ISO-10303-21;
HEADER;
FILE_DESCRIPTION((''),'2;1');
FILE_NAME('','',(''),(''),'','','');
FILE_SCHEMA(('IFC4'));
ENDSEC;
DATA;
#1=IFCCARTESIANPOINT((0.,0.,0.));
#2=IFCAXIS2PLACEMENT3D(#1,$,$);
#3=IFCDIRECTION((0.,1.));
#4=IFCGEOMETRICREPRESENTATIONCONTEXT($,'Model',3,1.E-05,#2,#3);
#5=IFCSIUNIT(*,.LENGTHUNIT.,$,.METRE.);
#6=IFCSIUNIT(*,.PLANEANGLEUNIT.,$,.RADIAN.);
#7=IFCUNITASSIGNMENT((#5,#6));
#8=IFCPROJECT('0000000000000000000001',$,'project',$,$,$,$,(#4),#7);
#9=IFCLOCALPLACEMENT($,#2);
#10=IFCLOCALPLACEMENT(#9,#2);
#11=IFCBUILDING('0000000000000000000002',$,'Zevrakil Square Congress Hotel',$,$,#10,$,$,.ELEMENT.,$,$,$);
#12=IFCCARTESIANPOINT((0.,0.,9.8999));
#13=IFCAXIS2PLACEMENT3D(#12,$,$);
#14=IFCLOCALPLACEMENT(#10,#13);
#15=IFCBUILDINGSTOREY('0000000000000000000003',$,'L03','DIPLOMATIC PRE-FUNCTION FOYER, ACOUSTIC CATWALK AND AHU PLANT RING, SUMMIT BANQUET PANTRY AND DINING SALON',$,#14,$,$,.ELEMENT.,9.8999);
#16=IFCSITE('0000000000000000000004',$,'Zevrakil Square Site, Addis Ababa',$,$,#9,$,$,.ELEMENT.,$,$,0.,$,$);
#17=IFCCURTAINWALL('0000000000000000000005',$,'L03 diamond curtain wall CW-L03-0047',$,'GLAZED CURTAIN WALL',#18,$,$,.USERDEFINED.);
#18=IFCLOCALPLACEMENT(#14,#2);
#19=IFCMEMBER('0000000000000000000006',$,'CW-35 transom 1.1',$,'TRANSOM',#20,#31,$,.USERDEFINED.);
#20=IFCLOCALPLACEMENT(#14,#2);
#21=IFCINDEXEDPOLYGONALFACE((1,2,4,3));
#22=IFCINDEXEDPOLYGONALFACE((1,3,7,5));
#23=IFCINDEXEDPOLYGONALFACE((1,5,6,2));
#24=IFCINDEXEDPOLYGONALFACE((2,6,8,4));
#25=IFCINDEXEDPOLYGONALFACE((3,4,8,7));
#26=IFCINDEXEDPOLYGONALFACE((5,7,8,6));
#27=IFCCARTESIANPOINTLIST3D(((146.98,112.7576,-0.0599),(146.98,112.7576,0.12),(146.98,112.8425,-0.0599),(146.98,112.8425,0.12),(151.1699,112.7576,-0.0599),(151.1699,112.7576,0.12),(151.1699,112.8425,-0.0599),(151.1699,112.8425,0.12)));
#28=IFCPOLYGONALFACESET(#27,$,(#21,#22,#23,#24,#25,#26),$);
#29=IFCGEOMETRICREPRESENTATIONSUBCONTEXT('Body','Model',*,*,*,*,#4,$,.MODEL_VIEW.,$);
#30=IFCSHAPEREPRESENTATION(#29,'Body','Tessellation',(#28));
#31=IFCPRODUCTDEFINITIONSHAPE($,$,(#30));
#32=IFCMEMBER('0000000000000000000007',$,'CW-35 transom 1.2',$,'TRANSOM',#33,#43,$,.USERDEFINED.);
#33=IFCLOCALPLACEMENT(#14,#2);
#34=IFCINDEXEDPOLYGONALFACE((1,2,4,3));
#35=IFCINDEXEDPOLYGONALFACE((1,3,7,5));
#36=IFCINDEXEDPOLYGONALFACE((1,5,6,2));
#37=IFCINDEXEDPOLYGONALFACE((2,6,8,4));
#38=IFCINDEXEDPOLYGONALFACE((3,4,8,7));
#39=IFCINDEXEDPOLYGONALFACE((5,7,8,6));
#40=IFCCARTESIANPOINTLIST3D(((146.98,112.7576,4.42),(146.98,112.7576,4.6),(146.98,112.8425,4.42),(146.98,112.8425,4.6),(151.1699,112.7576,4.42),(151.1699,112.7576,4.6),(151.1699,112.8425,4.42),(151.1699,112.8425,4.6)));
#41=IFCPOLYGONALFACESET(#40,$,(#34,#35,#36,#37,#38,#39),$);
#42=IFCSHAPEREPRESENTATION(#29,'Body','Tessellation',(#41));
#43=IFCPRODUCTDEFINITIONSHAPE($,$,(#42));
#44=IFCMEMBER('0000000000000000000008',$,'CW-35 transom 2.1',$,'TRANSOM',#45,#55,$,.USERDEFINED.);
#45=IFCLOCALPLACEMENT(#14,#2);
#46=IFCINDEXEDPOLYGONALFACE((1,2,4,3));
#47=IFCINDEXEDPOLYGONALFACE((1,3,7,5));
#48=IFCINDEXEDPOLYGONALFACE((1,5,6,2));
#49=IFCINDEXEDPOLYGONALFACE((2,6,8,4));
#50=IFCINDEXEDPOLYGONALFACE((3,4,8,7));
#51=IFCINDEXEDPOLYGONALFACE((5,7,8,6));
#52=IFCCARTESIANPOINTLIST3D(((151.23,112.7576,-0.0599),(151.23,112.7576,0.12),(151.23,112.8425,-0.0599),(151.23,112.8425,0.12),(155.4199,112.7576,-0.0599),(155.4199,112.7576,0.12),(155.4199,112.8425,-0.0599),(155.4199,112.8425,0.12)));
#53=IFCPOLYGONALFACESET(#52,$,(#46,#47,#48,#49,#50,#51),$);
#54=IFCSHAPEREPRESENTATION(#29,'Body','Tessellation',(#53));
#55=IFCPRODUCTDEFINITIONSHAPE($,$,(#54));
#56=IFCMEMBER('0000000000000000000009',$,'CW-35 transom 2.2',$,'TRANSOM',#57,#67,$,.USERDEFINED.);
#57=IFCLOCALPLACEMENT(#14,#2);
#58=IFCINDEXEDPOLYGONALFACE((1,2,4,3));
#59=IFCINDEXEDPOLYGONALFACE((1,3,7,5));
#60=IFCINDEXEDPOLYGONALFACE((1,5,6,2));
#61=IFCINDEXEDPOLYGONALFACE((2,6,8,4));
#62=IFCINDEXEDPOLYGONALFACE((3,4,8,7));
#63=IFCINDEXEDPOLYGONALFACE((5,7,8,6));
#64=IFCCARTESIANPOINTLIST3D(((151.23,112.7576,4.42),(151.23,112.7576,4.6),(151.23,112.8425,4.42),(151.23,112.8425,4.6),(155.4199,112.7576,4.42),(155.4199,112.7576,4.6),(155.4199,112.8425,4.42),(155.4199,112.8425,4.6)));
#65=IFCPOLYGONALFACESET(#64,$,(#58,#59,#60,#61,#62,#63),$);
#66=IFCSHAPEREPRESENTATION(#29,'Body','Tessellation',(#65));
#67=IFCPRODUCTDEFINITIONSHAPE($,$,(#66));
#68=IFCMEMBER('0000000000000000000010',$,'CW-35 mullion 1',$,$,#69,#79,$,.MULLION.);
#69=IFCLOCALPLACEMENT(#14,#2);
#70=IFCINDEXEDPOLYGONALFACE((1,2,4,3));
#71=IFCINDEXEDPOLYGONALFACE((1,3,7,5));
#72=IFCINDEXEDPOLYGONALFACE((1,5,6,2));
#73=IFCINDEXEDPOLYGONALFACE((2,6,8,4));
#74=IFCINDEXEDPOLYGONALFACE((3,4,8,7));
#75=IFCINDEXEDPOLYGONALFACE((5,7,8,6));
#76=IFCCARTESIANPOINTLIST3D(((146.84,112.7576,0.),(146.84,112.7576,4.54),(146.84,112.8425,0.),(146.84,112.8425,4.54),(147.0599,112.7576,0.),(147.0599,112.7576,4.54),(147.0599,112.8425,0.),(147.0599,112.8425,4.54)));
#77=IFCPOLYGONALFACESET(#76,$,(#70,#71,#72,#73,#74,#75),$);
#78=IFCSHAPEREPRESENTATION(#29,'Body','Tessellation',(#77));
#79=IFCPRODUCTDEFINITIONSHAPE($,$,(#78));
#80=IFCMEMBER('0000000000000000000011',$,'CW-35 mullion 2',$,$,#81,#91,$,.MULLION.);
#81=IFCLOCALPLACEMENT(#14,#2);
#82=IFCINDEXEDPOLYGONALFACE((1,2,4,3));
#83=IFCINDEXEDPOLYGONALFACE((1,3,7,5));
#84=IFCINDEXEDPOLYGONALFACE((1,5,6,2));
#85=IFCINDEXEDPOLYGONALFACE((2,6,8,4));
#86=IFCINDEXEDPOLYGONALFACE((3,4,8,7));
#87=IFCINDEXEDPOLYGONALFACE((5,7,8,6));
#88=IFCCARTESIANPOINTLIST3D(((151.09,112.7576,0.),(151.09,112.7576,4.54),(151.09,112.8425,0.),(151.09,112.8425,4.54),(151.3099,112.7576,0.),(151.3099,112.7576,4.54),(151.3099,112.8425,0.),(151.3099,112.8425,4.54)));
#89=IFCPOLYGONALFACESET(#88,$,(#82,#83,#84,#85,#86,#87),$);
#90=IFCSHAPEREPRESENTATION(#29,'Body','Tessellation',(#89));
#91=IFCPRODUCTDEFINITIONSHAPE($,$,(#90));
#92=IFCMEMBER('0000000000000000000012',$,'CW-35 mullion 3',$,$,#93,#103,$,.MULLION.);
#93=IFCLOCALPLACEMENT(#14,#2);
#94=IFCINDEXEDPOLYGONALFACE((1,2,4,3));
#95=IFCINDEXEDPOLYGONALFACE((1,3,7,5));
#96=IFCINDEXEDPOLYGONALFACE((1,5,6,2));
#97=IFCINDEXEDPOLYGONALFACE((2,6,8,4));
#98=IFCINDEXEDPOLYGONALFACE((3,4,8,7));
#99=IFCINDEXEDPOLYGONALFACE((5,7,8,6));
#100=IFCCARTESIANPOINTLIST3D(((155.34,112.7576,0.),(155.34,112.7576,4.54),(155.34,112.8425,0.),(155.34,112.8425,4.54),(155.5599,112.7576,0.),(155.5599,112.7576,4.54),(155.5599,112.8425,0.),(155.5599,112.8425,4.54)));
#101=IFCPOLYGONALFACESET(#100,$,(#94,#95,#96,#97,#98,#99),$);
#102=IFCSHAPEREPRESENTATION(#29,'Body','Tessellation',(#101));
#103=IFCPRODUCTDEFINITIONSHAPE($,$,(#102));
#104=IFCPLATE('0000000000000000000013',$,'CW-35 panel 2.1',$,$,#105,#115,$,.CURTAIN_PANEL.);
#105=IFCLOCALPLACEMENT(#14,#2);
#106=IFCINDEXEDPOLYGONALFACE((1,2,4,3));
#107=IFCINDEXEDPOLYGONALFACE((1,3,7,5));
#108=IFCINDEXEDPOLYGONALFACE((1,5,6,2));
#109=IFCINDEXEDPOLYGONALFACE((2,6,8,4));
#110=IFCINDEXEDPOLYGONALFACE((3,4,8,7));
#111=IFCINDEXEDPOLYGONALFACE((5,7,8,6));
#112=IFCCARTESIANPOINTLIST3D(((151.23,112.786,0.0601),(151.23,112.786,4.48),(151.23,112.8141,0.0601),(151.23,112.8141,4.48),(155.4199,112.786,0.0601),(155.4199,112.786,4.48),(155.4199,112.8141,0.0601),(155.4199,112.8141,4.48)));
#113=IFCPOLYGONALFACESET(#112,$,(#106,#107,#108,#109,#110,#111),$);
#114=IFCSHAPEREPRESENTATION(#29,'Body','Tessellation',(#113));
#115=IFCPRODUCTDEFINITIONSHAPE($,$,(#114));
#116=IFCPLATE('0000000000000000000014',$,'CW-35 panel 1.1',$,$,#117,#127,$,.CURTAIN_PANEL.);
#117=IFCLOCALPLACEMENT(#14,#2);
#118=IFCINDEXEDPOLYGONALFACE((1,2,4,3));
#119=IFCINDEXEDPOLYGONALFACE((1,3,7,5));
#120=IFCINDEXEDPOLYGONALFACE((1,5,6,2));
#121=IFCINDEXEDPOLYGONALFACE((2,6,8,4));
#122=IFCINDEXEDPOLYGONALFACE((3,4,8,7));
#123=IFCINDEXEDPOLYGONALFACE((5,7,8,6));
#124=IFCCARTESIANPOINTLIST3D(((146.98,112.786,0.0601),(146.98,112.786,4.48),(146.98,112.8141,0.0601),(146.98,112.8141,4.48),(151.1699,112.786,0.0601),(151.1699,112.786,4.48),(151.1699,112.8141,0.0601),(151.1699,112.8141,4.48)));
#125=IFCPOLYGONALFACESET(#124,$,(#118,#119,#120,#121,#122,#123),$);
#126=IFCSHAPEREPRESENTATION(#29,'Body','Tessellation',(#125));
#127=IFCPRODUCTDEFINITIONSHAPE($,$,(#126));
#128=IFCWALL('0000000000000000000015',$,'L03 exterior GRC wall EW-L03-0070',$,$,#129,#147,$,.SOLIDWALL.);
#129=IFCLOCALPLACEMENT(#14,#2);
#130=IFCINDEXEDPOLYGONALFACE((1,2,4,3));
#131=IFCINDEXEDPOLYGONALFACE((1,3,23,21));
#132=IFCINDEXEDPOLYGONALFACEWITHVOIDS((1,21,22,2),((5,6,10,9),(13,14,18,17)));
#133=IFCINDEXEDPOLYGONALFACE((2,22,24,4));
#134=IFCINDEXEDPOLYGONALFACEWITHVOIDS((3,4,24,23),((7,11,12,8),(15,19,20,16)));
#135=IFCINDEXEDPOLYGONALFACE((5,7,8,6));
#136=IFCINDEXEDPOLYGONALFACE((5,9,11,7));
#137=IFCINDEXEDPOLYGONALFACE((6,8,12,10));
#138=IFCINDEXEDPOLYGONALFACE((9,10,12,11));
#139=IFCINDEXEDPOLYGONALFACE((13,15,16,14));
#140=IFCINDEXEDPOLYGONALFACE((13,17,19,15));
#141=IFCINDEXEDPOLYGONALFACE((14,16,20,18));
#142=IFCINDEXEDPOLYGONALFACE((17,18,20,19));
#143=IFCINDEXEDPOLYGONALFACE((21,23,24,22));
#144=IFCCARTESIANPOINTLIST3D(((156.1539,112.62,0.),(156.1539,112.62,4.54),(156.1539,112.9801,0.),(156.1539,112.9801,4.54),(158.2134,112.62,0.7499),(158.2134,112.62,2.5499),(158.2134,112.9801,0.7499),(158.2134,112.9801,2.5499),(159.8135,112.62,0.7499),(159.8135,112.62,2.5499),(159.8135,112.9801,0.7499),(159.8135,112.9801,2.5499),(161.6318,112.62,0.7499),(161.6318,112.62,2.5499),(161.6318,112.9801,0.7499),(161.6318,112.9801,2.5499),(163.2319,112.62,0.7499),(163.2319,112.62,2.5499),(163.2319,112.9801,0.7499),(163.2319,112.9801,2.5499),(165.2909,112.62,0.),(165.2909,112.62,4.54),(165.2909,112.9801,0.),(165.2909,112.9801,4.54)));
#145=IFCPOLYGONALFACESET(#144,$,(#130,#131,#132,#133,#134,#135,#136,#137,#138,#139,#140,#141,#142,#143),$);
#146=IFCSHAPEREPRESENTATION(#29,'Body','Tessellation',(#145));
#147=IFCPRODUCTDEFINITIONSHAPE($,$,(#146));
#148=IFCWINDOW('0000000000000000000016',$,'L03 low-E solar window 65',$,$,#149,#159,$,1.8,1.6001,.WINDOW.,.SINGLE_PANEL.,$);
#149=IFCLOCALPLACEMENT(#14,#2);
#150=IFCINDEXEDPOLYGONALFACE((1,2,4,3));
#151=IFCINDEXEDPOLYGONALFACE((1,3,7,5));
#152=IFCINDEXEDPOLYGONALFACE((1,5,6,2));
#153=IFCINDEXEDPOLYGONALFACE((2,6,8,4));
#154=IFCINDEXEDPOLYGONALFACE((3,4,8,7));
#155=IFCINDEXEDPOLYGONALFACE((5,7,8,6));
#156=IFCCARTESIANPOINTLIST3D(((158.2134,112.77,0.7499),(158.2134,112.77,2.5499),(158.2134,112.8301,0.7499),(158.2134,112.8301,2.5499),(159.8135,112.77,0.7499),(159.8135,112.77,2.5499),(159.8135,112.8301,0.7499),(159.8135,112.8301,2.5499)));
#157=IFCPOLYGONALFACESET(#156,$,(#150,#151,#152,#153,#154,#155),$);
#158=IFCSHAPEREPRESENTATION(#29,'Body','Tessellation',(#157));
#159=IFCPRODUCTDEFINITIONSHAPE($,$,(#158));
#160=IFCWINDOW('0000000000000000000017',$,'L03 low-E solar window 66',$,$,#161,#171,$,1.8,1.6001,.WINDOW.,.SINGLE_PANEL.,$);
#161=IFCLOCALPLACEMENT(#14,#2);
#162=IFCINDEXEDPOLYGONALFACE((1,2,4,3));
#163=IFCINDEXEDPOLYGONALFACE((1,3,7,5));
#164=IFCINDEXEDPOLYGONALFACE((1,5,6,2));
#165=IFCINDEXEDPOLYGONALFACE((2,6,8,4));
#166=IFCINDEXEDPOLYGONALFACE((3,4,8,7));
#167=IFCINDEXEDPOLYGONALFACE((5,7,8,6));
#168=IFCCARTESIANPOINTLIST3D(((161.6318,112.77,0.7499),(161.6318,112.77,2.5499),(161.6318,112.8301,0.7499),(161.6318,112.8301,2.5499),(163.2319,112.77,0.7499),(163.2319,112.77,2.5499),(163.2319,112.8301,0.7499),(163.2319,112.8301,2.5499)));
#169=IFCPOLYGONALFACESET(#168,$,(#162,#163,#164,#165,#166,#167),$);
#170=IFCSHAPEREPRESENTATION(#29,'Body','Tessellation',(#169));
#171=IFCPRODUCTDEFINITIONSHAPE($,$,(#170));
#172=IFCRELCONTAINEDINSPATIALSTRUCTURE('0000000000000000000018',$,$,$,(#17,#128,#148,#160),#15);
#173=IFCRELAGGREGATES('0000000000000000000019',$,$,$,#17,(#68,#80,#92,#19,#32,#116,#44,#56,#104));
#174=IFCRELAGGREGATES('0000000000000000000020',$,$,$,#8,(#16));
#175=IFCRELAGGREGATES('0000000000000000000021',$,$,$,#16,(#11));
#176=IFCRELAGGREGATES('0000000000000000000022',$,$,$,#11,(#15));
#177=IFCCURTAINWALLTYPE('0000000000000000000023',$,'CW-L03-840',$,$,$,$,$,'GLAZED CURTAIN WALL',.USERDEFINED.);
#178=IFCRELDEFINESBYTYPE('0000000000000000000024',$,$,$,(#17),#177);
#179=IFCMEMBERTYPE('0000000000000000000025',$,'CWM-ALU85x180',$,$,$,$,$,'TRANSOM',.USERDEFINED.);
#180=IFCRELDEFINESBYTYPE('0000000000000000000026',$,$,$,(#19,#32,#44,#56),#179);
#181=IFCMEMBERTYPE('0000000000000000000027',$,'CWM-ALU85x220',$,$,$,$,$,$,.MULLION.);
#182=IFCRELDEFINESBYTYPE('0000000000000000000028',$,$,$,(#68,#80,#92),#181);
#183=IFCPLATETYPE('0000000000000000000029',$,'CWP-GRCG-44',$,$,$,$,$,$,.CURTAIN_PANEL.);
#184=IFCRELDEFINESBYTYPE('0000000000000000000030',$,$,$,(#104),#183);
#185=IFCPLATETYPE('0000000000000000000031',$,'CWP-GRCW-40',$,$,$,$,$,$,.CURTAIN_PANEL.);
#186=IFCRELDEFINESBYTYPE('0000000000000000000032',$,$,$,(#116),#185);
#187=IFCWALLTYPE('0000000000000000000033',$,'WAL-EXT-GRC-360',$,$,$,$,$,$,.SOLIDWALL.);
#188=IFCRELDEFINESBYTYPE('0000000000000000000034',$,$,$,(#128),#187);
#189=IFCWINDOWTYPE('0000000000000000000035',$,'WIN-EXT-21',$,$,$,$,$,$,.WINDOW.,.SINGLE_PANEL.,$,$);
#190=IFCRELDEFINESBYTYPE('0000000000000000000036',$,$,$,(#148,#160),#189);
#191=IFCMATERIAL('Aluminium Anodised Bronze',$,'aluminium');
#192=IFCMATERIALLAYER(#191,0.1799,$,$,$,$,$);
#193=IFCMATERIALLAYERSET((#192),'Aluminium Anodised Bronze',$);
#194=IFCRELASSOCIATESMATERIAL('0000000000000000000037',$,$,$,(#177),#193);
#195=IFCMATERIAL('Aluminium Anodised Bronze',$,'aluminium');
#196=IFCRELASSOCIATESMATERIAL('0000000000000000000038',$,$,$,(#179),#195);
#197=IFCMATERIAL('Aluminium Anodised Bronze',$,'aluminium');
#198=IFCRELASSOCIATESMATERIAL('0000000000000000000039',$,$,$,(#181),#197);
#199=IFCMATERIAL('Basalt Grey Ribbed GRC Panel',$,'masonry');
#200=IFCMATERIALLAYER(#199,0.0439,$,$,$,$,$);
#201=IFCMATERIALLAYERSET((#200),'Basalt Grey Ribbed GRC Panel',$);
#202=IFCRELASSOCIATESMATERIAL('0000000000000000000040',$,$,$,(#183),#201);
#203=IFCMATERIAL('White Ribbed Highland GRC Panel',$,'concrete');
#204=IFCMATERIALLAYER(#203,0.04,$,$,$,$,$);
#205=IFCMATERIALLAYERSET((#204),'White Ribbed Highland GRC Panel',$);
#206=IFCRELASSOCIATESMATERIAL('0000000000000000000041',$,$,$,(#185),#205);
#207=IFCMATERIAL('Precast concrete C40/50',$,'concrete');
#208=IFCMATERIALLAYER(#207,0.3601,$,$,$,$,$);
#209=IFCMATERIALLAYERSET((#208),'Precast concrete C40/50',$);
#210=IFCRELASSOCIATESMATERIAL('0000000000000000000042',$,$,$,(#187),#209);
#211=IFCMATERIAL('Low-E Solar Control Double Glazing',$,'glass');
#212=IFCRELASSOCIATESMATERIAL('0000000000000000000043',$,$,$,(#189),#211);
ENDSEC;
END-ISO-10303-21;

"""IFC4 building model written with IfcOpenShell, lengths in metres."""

from ifc_helpers import new_model, si_unit, direction, frame, frame_2d, origin, origin_2d, place, context, subcontext, project, spatial, rectangle, extrude, material, layer, layer_set, material_profile, profile_set, type_object, element, fill, aggregate, save


model = new_model("IFC4")

# Units and contexts
model_context = context("Model", 3, precision=1e-05, world=origin(), true_north=direction((0.0, 1.0)))
body_context = subcontext(model_context, "Body", "Model", "MODEL_VIEW")
ifc_project = project(units=[si_unit("LENGTHUNIT", "METRE"), si_unit("PLANEANGLEUNIT", "RADIAN")], contexts=[model_context])

# Site, building, storey
site_placement = place(None, origin())
site = spatial("IfcSite", under=ifc_project, at=site_placement, Name="Zevrakil Square Site, Addis Ababa", CompositionType="ELEMENT", RefElevation=0.0)
building_placement = place(site_placement, origin())
building = spatial("IfcBuilding", under=site, at=building_placement, Name="Zevrakil Square Congress Hotel", CompositionType="ELEMENT")
storey_placement = place(building_placement, frame((0.0, 0.0, 9.8999)))
storey = spatial("IfcBuildingStorey", under=building, at=storey_placement, Name="L03", Description="DIPLOMATIC PRE-FUNCTION FOYER, ACOUSTIC CATWALK AND AHU PLANT RING, SUMMIT BANQUET PANTRY AND DINING SALON", CompositionType="ELEMENT", Elevation=9.8999)

# Curtain wall, members, plates
ifc_material_1 = material(Name="Aluminium Anodised Bronze", Category="aluminium")
ifc_layer_1 = layer(ifc_material_1, 0.1799)
ifc_layer_set_1 = layer_set([ifc_layer_1], Name="Aluminium Anodised Bronze")
curtain_wall_type = type_object("IfcCurtainWallType", Name="CW-L03-840", ElementType="GLAZED CURTAIN WALL", PredefinedType="USERDEFINED", material=ifc_layer_set_1)
curtain_wall_placement = place(storey_placement, origin())
curtain_wall = element("IfcCurtainWall", 1, at=curtain_wall_placement, inside=storey, type_object=curtain_wall_type, Name="L03 diamond curtain wall CW-L03-0047", ObjectType="GLAZED CURTAIN WALL", PredefinedType="USERDEFINED")
ifc_material_2 = material(Name="Aluminium Anodised Bronze", Category="aluminium")
ifc_material_profile_1 = material_profile(ifc_material_2, rectangle(XDim=0.085, YDim=0.1799, at=origin_2d()), Name="ALU 85x180")
ifc_profile_set_1 = profile_set([ifc_material_profile_1], Name="Aluminium Anodised Bronze")
member_type_1 = type_object("IfcMemberType", Name="CWM-ALU85x180", ElementType="TRANSOM", PredefinedType="USERDEFINED", material=ifc_profile_set_1)
member_1_placement = place(storey_placement, frame((146.98, 112.8, 0.03), z_axis=(1.0, 0.0, 0.0), x_axis=(0.0, 1.0, 0.0)))
member_1 = element("IfcMember", 2, at=member_1_placement, type_object=member_type_1, Name="CW-35 transom 1.1", ObjectType="TRANSOM", PredefinedType="USERDEFINED", context=body_context, shape_type="SweptSolid", body=[
    extrude(rectangle(XDim=0.085, YDim=0.1799, at=origin_2d()), origin(), (0.0, 0.0, 1.0), 4.1899),
])
member_2_placement = place(storey_placement, frame((146.98, 112.8, 4.51), z_axis=(1.0, 0.0, 0.0), x_axis=(0.0, 1.0, 0.0)))
member_2 = element("IfcMember", 3, at=member_2_placement, type_object=member_type_1, Name="CW-35 transom 1.2", ObjectType="TRANSOM", PredefinedType="USERDEFINED", context=body_context, shape_type="SweptSolid", body=[
    extrude(rectangle(XDim=0.085, YDim=0.1799, at=origin_2d()), origin(), (0.0, 0.0, 1.0), 4.1899),
])
member_3_placement = place(storey_placement, frame((151.23, 112.8, 0.03), z_axis=(1.0, 0.0, 0.0), x_axis=(0.0, 1.0, 0.0)))
member_3 = element("IfcMember", 4, at=member_3_placement, type_object=member_type_1, Name="CW-35 transom 2.1", ObjectType="TRANSOM", PredefinedType="USERDEFINED", context=body_context, shape_type="SweptSolid", body=[
    extrude(rectangle(XDim=0.085, YDim=0.1799, at=origin_2d()), origin(), (0.0, 0.0, 1.0), 4.1899),
])
member_4_placement = place(storey_placement, frame((151.23, 112.8, 4.51), z_axis=(1.0, 0.0, 0.0), x_axis=(0.0, 1.0, 0.0)))
member_4 = element("IfcMember", 5, at=member_4_placement, type_object=member_type_1, Name="CW-35 transom 2.2", ObjectType="TRANSOM", PredefinedType="USERDEFINED", context=body_context, shape_type="SweptSolid", body=[
    extrude(rectangle(XDim=0.085, YDim=0.1799, at=origin_2d()), origin(), (0.0, 0.0, 1.0), 4.1899),
])
ifc_material_3 = material(Name="Aluminium Anodised Bronze", Category="aluminium")
ifc_material_profile_2 = material_profile(ifc_material_3, rectangle(XDim=0.085, YDim=0.22, at=origin_2d()), Name="ALU 85x220")
ifc_profile_set_2 = profile_set([ifc_material_profile_2], Name="Aluminium Anodised Bronze")
member_type_2 = type_object("IfcMemberType", Name="CWM-ALU85x220", PredefinedType="MULLION", material=ifc_profile_set_2)
member_5_placement = place(storey_placement, frame((146.95, 112.8, 0.0), z_axis=(0.0, 0.0, 1.0), x_axis=(0.0, 1.0, 0.0)))
member_5 = element("IfcMember", 6, at=member_5_placement, type_object=member_type_2, Name="CW-35 mullion 1", PredefinedType="MULLION", context=body_context, shape_type="SweptSolid", body=[
    extrude(rectangle(XDim=0.085, YDim=0.22, at=origin_2d()), origin(), (0.0, 0.0, 1.0), 4.54),
])
member_6_placement = place(storey_placement, frame((151.2, 112.8, 0.0), z_axis=(0.0, 0.0, 1.0), x_axis=(0.0, 1.0, 0.0)))
member_6 = element("IfcMember", 7, at=member_6_placement, type_object=member_type_2, Name="CW-35 mullion 2", PredefinedType="MULLION", context=body_context, shape_type="SweptSolid", body=[
    extrude(rectangle(XDim=0.085, YDim=0.22, at=origin_2d()), origin(), (0.0, 0.0, 1.0), 4.54),
])
member_7_placement = place(storey_placement, frame((155.45, 112.8, 0.0), z_axis=(0.0, 0.0, 1.0), x_axis=(0.0, 1.0, 0.0)))
member_7 = element("IfcMember", 8, at=member_7_placement, type_object=member_type_2, Name="CW-35 mullion 3", PredefinedType="MULLION", context=body_context, shape_type="SweptSolid", body=[
    extrude(rectangle(XDim=0.085, YDim=0.22, at=origin_2d()), origin(), (0.0, 0.0, 1.0), 4.54),
])
ifc_material_4 = material(Name="Basalt Grey Ribbed GRC Panel", Category="masonry")
ifc_layer_2 = layer(ifc_material_4, 0.0439)
ifc_layer_set_2 = layer_set([ifc_layer_2], Name="Basalt Grey Ribbed GRC Panel")
plate_type_1 = type_object("IfcPlateType", Name="CWP-GRCG-44", PredefinedType="CURTAIN_PANEL", material=ifc_layer_set_2)
plate_1_placement = place(storey_placement, frame((153.325, 112.8, 0.0601), z_axis=(0.0, 0.0, 1.0), x_axis=(1.0, 0.0, 0.0)))
plate_1 = element("IfcPlate", 9, at=plate_1_placement, type_object=plate_type_1, Name="CW-35 panel 2.1", PredefinedType="CURTAIN_PANEL", context=body_context, shape_type="SweptSolid", body=[
    extrude(rectangle(XDim=4.1899, YDim=0.0281, at=origin_2d()), origin(), (0.0, 0.0, 1.0), 4.4199),
])
ifc_material_5 = material(Name="White Ribbed Highland GRC Panel", Category="concrete")
ifc_layer_3 = layer(ifc_material_5, 0.04)
ifc_layer_set_3 = layer_set([ifc_layer_3], Name="White Ribbed Highland GRC Panel")
plate_type_2 = type_object("IfcPlateType", Name="CWP-GRCW-40", PredefinedType="CURTAIN_PANEL", material=ifc_layer_set_3)
plate_2_placement = place(storey_placement, frame((149.075, 112.8, 0.0601), z_axis=(0.0, 0.0, 1.0), x_axis=(1.0, 0.0, 0.0)))
plate_2 = element("IfcPlate", 10, at=plate_2_placement, type_object=plate_type_2, Name="CW-35 panel 1.1", PredefinedType="CURTAIN_PANEL", context=body_context, shape_type="SweptSolid", body=[
    extrude(rectangle(XDim=4.1899, YDim=0.0281, at=origin_2d()), origin(), (0.0, 0.0, 1.0), 4.4199),
])
aggregate(curtain_wall, [member_5, member_6, member_7, member_1, member_2, plate_2, member_3, member_4, plate_1])

# Wall, openings, windows
ifc_material_6 = material(Name="Precast concrete C40/50", Category="concrete")
ifc_layer_4 = layer(ifc_material_6, 0.3601)
ifc_layer_set_4 = layer_set([ifc_layer_4], Name="Precast concrete C40/50")
wall_type = type_object("IfcWallType", Name="WAL-EXT-GRC-360", PredefinedType="SOLIDWALL", material=ifc_layer_set_4)
wall_placement = place(storey_placement, frame((156.1541, 112.8, 0.0), z_axis=(0.0, 0.0, 1.0), x_axis=(1.0, 0.0, 0.0)))
wall = element("IfcWall", 11, at=wall_placement, inside=storey, type_object=wall_type, Name="L03 exterior GRC wall EW-L03-0070", PredefinedType="SOLIDWALL", context=body_context, shape_type="SweptSolid", body=[
    extrude(rectangle(XDim=9.137, YDim=0.3601, at=frame_2d((4.5684, 0.0))), origin(), (0.0, 0.0, 1.0), 4.54),
])
opening_1_placement = place(wall_placement, frame((2.0593, 0.0, 0.75)))
opening_1 = element("IfcOpeningElement", 12, at=opening_1_placement, cuts=wall, PredefinedType="OPENING", context=body_context, shape_type="SweptSolid", body=[
    extrude(rectangle(XDim=1.6001, YDim=1.8, at=frame_2d((0.8, 0.8999))), frame((0.0, 0.1899, 0.0), z_axis=(0.0, -1.0, 0.0), x_axis=(1.0, 0.0, 0.0)), (0.0, 0.0, 1.0), 0.3801),
])
opening_2_placement = place(wall_placement, frame((5.4778, 0.0, 0.75)))
opening_2 = element("IfcOpeningElement", 13, at=opening_2_placement, cuts=wall, PredefinedType="OPENING", context=body_context, shape_type="SweptSolid", body=[
    extrude(rectangle(XDim=1.6001, YDim=1.8, at=frame_2d((0.8, 0.8999))), frame((0.0, 0.1899, 0.0), z_axis=(0.0, -1.0, 0.0), x_axis=(1.0, 0.0, 0.0)), (0.0, 0.0, 1.0), 0.3801),
])
ifc_material_7 = material(Name="Low-E Solar Control Double Glazing", Category="glass")
window_type = type_object("IfcWindowType", Name="WIN-EXT-21", PartitioningType="SINGLE_PANEL", PredefinedType="WINDOW", material=ifc_material_7)
window_1_placement = place(opening_1_placement, origin())
window_1 = element("IfcWindow", 14, at=window_1_placement, inside=storey, type_object=window_type, Name="L03 low-E solar window 65", OverallHeight=1.8, OverallWidth=1.6001, PartitioningType="SINGLE_PANEL", PredefinedType="WINDOW", context=body_context, shape_type="SweptSolid", body=[
    extrude(rectangle(XDim=1.6001, YDim=1.8, at=frame_2d((0.8, 0.8999))), frame((0.0, 0.03, 0.0), z_axis=(0.0, -1.0, 0.0), x_axis=(1.0, 0.0, 0.0)), (0.0, 0.0, 1.0), 0.0601),
])
fill(opening_1, window_1)
window_2_placement = place(opening_2_placement, origin())
window_2 = element("IfcWindow", 15, at=window_2_placement, inside=storey, type_object=window_type, Name="L03 low-E solar window 66", OverallHeight=1.8, OverallWidth=1.6001, PartitioningType="SINGLE_PANEL", PredefinedType="WINDOW", context=body_context, shape_type="SweptSolid", body=[
    extrude(rectangle(XDim=1.6001, YDim=1.8, at=frame_2d((0.8, 0.8999))), frame((0.0, 0.03, 0.0), z_axis=(0.0, -1.0, 0.0), x_axis=(1.0, 0.0, 0.0)), (0.0, 0.0, 1.0), 0.0601),
])
fill(opening_2, window_2)

save(model, "model.ifc")
